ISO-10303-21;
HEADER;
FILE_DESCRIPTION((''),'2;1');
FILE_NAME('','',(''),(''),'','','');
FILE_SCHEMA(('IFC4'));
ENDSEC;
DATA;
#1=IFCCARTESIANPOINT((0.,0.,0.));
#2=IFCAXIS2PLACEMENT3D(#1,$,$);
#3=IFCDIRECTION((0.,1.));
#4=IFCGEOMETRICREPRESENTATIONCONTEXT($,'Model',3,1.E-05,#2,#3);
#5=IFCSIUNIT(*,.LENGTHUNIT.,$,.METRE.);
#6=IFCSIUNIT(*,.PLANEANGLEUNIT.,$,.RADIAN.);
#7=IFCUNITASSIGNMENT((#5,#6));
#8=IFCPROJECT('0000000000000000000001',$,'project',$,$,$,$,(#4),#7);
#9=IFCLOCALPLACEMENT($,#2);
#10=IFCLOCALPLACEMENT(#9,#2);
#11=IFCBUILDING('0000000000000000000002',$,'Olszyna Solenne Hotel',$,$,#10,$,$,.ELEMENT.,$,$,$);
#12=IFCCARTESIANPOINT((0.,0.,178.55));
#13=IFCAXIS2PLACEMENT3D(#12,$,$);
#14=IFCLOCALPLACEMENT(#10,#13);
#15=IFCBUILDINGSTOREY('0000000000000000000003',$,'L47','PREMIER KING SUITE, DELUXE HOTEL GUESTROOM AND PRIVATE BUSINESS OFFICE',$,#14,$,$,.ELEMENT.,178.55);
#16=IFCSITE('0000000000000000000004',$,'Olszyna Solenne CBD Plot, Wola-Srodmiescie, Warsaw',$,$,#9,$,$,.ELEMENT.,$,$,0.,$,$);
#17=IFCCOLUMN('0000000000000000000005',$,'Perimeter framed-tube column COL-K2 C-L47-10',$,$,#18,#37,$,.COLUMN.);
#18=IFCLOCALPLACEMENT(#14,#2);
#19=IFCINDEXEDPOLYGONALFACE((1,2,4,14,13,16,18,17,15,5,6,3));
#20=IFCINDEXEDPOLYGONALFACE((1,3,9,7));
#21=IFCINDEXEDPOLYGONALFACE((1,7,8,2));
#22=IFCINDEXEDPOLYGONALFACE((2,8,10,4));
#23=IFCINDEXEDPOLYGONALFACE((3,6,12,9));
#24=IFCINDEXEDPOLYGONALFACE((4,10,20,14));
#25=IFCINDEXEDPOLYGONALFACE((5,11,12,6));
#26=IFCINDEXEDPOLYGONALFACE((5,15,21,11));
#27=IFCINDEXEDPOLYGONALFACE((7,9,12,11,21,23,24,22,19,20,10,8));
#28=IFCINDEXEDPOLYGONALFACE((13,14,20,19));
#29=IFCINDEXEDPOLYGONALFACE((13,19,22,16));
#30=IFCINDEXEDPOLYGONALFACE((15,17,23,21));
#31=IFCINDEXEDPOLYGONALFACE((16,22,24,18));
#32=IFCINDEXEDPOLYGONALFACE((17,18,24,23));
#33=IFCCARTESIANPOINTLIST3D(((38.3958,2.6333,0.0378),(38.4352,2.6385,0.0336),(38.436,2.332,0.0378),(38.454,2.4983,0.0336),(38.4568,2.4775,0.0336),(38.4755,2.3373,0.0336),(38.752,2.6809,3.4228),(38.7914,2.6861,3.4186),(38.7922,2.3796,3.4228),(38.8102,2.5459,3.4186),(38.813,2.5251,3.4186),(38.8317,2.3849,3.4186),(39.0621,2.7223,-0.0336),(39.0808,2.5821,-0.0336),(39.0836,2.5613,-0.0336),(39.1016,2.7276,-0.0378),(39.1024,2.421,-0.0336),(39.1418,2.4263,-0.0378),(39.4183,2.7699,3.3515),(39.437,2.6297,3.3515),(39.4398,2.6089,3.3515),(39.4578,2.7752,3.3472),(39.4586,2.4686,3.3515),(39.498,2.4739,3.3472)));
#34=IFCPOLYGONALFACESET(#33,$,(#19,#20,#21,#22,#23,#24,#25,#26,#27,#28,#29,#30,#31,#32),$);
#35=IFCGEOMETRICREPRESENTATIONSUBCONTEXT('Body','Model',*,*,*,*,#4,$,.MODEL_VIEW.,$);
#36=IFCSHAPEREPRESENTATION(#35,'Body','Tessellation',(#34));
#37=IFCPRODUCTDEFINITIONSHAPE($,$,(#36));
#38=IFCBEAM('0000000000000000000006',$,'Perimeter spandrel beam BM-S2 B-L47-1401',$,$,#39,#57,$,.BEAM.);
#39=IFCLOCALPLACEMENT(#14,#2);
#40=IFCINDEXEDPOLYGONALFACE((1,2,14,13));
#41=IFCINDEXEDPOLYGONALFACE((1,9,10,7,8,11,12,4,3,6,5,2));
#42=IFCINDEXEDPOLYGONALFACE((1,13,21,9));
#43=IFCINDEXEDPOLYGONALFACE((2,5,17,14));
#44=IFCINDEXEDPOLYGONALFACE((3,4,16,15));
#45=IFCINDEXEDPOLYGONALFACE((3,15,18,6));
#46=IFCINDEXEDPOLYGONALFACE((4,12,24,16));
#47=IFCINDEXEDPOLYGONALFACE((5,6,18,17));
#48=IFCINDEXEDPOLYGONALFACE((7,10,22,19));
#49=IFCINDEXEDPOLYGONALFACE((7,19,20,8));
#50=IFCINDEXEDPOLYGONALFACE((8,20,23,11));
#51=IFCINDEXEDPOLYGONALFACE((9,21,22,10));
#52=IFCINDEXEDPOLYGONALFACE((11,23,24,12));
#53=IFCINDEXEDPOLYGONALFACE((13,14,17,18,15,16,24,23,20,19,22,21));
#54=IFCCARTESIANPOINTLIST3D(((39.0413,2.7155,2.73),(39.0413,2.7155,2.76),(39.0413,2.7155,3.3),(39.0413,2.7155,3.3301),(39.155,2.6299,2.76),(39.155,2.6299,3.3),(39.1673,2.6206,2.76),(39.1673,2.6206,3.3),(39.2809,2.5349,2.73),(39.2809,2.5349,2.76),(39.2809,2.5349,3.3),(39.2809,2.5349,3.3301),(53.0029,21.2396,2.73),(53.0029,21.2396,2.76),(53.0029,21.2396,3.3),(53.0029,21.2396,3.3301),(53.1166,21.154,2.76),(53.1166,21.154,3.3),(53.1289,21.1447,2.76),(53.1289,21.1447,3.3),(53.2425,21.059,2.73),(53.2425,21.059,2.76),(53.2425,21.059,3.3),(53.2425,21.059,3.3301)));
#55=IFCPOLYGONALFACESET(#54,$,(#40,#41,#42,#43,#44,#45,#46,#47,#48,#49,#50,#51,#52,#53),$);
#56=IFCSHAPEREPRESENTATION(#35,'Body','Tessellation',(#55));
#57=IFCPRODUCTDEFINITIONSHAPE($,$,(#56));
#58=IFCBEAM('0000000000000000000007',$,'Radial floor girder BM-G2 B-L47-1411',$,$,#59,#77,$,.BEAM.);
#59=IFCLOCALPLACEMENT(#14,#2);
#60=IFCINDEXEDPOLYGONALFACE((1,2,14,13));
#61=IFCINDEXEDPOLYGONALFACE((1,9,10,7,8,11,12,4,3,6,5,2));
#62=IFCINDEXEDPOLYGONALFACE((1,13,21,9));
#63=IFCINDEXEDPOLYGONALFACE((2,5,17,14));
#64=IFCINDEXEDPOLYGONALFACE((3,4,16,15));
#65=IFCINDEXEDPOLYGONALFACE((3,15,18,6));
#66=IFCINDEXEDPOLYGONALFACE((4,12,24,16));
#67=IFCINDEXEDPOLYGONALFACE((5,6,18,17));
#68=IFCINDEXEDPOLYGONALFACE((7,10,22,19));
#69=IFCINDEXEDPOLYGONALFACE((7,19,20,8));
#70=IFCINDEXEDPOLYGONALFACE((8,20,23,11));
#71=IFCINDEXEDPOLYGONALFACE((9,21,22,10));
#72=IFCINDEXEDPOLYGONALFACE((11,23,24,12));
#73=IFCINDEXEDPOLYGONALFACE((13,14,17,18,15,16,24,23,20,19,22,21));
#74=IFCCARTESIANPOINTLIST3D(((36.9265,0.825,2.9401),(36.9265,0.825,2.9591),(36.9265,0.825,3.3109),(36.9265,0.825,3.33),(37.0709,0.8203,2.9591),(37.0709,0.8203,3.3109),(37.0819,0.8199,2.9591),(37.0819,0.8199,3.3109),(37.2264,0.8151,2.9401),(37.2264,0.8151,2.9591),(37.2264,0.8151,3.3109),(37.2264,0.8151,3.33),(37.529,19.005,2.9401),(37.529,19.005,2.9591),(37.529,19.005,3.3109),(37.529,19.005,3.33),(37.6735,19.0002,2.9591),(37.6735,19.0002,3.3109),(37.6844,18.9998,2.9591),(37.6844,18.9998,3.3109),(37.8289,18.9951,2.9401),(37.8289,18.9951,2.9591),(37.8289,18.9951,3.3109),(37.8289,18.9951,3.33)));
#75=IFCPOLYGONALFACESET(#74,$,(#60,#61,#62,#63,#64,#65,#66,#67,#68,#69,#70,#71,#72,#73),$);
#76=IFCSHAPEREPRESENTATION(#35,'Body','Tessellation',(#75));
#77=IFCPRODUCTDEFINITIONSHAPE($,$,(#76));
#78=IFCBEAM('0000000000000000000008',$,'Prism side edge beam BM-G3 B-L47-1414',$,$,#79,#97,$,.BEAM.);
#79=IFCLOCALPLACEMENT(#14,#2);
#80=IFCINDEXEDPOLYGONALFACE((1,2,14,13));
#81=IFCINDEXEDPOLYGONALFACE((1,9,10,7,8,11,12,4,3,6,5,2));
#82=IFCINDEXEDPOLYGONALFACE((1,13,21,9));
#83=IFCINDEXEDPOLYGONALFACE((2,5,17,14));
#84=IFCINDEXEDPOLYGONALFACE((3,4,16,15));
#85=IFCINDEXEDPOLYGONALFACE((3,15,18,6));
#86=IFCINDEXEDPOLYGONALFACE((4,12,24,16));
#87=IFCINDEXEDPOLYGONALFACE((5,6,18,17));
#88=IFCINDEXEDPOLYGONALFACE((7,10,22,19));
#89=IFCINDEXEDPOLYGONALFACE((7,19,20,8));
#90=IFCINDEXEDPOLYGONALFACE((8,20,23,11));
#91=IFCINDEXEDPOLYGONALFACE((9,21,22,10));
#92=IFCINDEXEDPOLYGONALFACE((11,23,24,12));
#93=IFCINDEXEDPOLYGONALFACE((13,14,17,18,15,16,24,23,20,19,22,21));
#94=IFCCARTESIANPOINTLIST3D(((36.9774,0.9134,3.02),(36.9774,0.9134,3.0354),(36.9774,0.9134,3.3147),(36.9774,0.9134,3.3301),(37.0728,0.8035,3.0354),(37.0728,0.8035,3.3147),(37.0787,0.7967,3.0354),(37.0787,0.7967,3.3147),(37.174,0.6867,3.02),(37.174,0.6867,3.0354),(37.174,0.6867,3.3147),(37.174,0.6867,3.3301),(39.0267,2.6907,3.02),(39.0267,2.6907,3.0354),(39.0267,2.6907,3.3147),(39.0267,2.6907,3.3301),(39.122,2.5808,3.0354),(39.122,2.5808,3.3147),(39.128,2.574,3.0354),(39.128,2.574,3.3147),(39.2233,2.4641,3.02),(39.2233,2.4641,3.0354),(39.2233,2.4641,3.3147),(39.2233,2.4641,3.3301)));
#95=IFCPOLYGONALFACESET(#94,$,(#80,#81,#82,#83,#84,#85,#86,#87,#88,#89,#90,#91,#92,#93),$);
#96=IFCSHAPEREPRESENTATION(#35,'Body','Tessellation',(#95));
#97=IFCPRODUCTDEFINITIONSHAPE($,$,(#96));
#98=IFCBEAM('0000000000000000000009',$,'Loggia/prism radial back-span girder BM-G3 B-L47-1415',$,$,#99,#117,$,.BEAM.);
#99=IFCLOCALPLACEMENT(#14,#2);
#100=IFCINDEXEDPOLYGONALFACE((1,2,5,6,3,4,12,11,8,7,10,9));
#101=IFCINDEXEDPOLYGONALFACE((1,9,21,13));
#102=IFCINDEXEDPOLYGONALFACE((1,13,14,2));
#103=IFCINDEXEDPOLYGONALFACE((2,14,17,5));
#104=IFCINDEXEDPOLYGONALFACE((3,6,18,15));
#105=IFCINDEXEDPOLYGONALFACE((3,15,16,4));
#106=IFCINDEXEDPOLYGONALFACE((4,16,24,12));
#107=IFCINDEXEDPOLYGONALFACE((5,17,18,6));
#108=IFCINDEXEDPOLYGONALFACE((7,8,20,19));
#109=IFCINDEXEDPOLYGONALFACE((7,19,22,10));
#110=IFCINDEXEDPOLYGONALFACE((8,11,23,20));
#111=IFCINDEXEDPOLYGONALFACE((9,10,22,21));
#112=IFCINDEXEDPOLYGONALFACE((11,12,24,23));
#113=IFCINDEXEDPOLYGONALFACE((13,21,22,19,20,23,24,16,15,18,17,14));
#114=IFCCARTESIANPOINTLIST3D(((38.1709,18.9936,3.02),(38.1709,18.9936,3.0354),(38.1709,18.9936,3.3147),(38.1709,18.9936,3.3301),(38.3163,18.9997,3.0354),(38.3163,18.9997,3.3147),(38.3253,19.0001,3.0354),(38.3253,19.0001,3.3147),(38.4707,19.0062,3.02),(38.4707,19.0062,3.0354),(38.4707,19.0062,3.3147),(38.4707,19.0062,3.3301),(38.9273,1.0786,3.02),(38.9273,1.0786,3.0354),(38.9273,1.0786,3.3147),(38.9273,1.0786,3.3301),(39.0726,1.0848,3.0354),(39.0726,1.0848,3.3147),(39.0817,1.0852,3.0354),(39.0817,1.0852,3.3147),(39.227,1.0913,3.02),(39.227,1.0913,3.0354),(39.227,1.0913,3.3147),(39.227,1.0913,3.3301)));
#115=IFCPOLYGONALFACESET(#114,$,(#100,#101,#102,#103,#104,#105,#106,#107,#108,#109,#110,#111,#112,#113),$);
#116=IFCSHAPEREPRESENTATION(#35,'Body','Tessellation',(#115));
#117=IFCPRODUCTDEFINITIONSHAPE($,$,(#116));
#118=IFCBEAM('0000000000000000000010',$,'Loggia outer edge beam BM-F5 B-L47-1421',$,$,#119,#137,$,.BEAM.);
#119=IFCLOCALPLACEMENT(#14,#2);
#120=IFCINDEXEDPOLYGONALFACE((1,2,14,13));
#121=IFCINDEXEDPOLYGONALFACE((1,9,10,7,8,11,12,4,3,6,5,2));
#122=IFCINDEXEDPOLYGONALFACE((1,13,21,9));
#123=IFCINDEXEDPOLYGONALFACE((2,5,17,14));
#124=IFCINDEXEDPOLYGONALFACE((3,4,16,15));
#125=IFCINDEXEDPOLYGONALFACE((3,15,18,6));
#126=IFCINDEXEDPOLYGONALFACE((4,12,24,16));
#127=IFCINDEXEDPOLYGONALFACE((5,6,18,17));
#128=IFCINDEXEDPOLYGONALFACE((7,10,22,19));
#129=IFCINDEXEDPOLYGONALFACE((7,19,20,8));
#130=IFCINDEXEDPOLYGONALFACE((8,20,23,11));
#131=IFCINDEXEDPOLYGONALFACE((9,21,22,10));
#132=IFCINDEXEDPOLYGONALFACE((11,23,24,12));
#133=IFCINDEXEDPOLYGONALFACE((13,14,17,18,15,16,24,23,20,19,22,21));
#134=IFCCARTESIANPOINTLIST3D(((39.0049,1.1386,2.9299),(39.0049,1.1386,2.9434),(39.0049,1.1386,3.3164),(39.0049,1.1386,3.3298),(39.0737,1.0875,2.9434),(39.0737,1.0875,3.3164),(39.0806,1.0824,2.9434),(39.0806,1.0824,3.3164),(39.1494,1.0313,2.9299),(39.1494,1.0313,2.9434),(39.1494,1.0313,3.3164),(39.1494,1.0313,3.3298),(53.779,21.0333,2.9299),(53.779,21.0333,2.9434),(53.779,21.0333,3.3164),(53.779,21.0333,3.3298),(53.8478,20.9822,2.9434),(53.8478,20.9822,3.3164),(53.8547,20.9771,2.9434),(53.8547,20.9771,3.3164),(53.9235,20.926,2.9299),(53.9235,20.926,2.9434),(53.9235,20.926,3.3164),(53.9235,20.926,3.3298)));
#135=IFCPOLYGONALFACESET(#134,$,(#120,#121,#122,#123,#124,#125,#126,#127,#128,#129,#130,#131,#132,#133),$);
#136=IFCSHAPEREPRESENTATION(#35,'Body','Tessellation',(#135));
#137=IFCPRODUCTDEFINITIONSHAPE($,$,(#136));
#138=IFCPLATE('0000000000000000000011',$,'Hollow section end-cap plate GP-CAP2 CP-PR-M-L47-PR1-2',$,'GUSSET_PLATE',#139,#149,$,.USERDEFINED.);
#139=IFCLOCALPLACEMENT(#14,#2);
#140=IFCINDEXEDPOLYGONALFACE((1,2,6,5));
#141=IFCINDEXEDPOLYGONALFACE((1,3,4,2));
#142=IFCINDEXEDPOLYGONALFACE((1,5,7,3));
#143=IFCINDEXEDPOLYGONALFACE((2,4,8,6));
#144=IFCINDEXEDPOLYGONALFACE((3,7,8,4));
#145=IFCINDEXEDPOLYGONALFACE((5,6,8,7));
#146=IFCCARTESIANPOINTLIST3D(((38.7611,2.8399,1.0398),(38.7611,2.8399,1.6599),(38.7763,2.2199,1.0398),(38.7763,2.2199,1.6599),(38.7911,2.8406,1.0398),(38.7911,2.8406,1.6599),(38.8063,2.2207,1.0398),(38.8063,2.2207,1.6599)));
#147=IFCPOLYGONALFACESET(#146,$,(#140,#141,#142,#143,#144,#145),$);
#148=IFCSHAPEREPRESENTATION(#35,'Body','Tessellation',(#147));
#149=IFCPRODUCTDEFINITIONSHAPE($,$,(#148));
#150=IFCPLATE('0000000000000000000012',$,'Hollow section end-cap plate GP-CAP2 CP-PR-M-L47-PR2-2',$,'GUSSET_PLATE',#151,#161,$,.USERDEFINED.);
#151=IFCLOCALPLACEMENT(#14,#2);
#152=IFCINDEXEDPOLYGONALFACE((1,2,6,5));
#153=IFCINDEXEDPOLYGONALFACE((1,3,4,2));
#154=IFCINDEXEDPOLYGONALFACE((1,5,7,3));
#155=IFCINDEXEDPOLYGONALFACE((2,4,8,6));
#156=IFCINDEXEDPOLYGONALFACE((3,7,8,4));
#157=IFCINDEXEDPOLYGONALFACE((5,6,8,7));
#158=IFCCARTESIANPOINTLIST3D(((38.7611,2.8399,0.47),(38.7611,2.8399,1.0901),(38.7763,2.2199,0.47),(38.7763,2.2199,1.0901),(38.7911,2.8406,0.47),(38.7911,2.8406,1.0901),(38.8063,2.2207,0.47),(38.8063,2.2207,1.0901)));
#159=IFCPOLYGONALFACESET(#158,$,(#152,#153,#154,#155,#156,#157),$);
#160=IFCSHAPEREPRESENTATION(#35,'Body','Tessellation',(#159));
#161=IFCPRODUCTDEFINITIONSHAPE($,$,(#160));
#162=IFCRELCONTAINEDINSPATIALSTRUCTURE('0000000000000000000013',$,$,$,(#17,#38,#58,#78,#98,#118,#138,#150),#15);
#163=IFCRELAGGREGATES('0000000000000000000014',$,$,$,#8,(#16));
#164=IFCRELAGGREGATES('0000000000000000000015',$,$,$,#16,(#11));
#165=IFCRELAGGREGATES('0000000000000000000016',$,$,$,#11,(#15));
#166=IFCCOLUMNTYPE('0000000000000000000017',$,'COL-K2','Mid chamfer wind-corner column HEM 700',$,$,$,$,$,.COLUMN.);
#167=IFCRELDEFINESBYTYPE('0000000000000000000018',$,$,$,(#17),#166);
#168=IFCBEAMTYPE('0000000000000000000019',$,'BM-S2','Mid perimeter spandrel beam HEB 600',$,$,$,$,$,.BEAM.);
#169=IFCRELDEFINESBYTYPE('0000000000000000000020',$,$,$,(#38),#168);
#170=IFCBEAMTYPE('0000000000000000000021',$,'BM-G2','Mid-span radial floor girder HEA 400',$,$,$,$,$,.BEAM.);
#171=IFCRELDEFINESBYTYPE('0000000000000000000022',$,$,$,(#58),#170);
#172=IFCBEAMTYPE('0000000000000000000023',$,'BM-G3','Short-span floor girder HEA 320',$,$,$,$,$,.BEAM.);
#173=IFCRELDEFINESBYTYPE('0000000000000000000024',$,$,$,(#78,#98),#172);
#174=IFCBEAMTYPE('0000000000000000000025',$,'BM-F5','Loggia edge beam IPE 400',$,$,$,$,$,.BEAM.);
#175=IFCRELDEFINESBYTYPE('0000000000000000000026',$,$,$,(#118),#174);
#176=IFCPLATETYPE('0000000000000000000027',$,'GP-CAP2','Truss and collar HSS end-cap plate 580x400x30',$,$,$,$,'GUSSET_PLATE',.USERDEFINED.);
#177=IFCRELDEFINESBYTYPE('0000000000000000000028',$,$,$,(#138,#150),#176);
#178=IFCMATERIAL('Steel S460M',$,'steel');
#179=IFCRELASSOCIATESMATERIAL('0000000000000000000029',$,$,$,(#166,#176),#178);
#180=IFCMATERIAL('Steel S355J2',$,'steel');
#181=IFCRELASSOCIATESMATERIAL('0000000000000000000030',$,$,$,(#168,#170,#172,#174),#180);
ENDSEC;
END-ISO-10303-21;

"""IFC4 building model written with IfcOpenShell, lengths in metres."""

from ifc_helpers import new_model, si_unit, direction, frame, origin, origin_2d, place, context, subcontext, project, spatial, rectangle, i_section, extrude, source, transform, mapped, material, material_profile, profile_set, type_object, element, save


model = new_model("IFC4")

# Units and contexts
model_context = context("Model", 3, precision=1e-05, world=origin(), true_north=direction((0.0, 1.0)))
body_context = subcontext(model_context, "Body", "Model", "MODEL_VIEW")
ifc_project = project(units=[si_unit("LENGTHUNIT", "METRE"), si_unit("PLANEANGLEUNIT", "RADIAN")], contexts=[model_context])

# Site, building, storey
site_placement = place(None, origin())
site = spatial("IfcSite", under=ifc_project, at=site_placement, Name="Olszyna Solenne CBD Plot, Wola-Srodmiescie, Warsaw", CompositionType="ELEMENT", RefElevation=0.0)
building_placement = place(site_placement, origin())
building = spatial("IfcBuilding", under=site, at=building_placement, Name="Olszyna Solenne Hotel", CompositionType="ELEMENT")
storey_placement = place(building_placement, frame((0.0, 0.0, 178.55)))
storey = spatial("IfcBuildingStorey", under=building, at=storey_placement, Name="L47", Description="PREMIER KING SUITE, DELUXE HOTEL GUESTROOM AND PRIVATE BUSINESS OFFICE", CompositionType="ELEMENT", Elevation=178.55)

# Column
ifc_material_1 = material(Name="Steel S460M", Category="steel")
ifc_material_profile_1 = material_profile(ifc_material_1, i_section(OverallWidth=0.304, OverallDepth=0.7161, WebThickness=0.021, FlangeThickness=0.04, at=origin_2d()), Name="HEM 700", Category="load-bearing")
ifc_profile_set_1 = profile_set([ifc_material_profile_1], Name="Steel S460M")
column_type = type_object("IfcColumnType", Name="COL-K2", Description="Mid chamfer wind-corner column HEM 700", PredefinedType="COLUMN", material=ifc_profile_set_1)
shared_shape_1 = source(origin(), body_context, "Body", "SweptSolid", [
    extrude(i_section(OverallWidth=0.304, OverallDepth=0.7161, WebThickness=0.021, FlangeThickness=0.04, at=origin_2d()), origin(), (0.0, 0.0, 1.0), 3.4041),
])
column_placement = place(storey_placement, frame((38.7688, 2.5298, 0.0), z_axis=(0.104641, 0.013986, 0.994412), x_axis=(-0.132475, 0.991186, 0.0)))
element("IfcColumn", 1, at=column_placement, inside=storey, type_object=column_type, Name="Perimeter framed-tube column COL-K2 C-L47-10", PredefinedType="COLUMN", context=body_context, shape_type="MappedRepresentation", body=[
    mapped(shared_shape_1, transform((0.0, 0.0, 0.0), x_axis=(1.0, 0.0, 0.0), y_axis=(0.0, 1.0, 0.0), z_axis=(0.0, 0.0, 1.0), scale=1.0)),
])

# Beams
ifc_material_2 = material(Name="Steel S355J2", Category="steel")
ifc_material_profile_2 = material_profile(ifc_material_2, i_section(OverallWidth=0.3, OverallDepth=0.6001, WebThickness=0.0154, FlangeThickness=0.03, at=origin_2d()), Name="HEB 600", Category="load-bearing")
ifc_profile_set_2 = profile_set([ifc_material_profile_2], Name="Steel S355J2")
beam_type_1 = type_object("IfcBeamType", Name="BM-S2", Description="Mid perimeter spandrel beam HEB 600", PredefinedType="BEAM", material=ifc_profile_set_2)
shared_shape_2 = source(origin(), body_context, "Body", "SweptSolid", [
    extrude(i_section(OverallWidth=0.3, OverallDepth=0.6001, WebThickness=0.0154, FlangeThickness=0.03, at=origin_2d()), origin(), (0.0, 0.0, 1.0), 23.1963),
])
beam_1_placement = place(storey_placement, frame((39.1611, 2.6252, 3.03), z_axis=(0.601889, 0.798579, 0.0), x_axis=(-0.798579, 0.601889, 0.0)))
element("IfcBeam", 2, at=beam_1_placement, inside=storey, type_object=beam_type_1, Name="Perimeter spandrel beam BM-S2 B-L47-1401", PredefinedType="BEAM", context=body_context, shape_type="MappedRepresentation", body=[
    mapped(shared_shape_2, transform((0.0, 0.0, 0.0), x_axis=(1.0, 0.0, 0.0), y_axis=(0.0, 1.0, 0.0), z_axis=(0.0, 0.0, 1.0), scale=1.0)),
])
ifc_material_profile_3 = material_profile(ifc_material_2, i_section(OverallWidth=0.3, OverallDepth=0.3899, WebThickness=0.011, FlangeThickness=0.019, at=origin_2d()), Name="HEA 400", Category="load-bearing")
ifc_profile_set_3 = profile_set([ifc_material_profile_3], Name="Steel S355J2")
beam_type_2 = type_object("IfcBeamType", Name="BM-G2", Description="Mid-span radial floor girder HEA 400", PredefinedType="BEAM", material=ifc_profile_set_3)
shared_shape_3 = source(origin(), body_context, "Body", "SweptSolid", [
    extrude(i_section(OverallWidth=0.3, OverallDepth=0.3899, WebThickness=0.011, FlangeThickness=0.019, at=origin_2d()), origin(), (0.0, 0.0, 1.0), 18.1899),
])
beam_2_placement = place(storey_placement, frame((37.0764, 0.8201, 3.135), z_axis=(0.033125, 0.999451, 0.0), x_axis=(-0.999451, 0.033125, 0.0)))
element("IfcBeam", 3, at=beam_2_placement, inside=storey, type_object=beam_type_2, Name="Radial floor girder BM-G2 B-L47-1411", PredefinedType="BEAM", context=body_context, shape_type="MappedRepresentation", body=[
    mapped(shared_shape_3, transform((0.0, 0.0, 0.0), x_axis=(1.0, 0.0, 0.0), y_axis=(0.0, 1.0, 0.0), z_axis=(0.0, 0.0, 1.0), scale=1.0)),
])
ifc_material_profile_4 = material_profile(ifc_material_2, i_section(OverallWidth=0.3, OverallDepth=0.3101, WebThickness=0.009, FlangeThickness=0.0154, at=origin_2d()), Name="HEA 320", Category="load-bearing")
ifc_profile_set_4 = profile_set([ifc_material_profile_4], Name="Steel S355J2")
beam_type_3 = type_object("IfcBeamType", Name="BM-G3", Description="Short-span floor girder HEA 320", PredefinedType="BEAM", material=ifc_profile_set_4)
shared_shape_4 = source(origin(), body_context, "Body", "SweptSolid", [
    extrude(i_section(OverallWidth=0.3, OverallDepth=0.3101, WebThickness=0.009, FlangeThickness=0.0154, at=origin_2d()), origin(), (0.0, 0.0, 1.0), 2.7126),
])
beam_3_placement = place(storey_placement, frame((39.125, 2.5774, 3.175), z_axis=(-0.755457, -0.655198, 0.0), x_axis=(0.655198, -0.755457, 0.0)))
element("IfcBeam", 4, at=beam_3_placement, inside=storey, type_object=beam_type_3, Name="Prism side edge beam BM-G3 B-L47-1414", PredefinedType="BEAM", context=body_context, shape_type="MappedRepresentation", body=[
    mapped(shared_shape_4, transform((0.0, 0.0, 0.0), x_axis=(1.0, 0.0, 0.0), y_axis=(0.0, 1.0, 0.0), z_axis=(0.0, 0.0, 1.0), scale=1.0)),
])
shared_shape_5 = source(origin(), body_context, "Body", "SweptSolid", [
    extrude(i_section(OverallWidth=0.3, OverallDepth=0.3101, WebThickness=0.009, FlangeThickness=0.0154, at=origin_2d()), origin(), (0.0, 0.0, 1.0), 17.9309),
])
beam_4_placement = place(storey_placement, frame((39.0771, 1.085, 3.175), z_axis=(-0.042181, 0.99911, 0.0), x_axis=(-0.99911, -0.042181, 0.0)))
element("IfcBeam", 5, at=beam_4_placement, inside=storey, type_object=beam_type_3, Name="Loggia/prism radial back-span girder BM-G3 B-L47-1415", PredefinedType="BEAM", context=body_context, shape_type="MappedRepresentation", body=[
    mapped(shared_shape_5, transform((0.0, 0.0, 0.0), x_axis=(1.0, 0.0, 0.0), y_axis=(0.0, 1.0, 0.0), z_axis=(0.0, 0.0, 1.0), scale=1.0)),
])
ifc_material_profile_5 = material_profile(ifc_material_2, i_section(OverallWidth=0.1799, OverallDepth=0.3999, WebThickness=0.0085, FlangeThickness=0.0134, at=origin_2d()), Name="IPE 400", Category="load-bearing")
ifc_profile_set_5 = profile_set([ifc_material_profile_5], Name="Steel S355J2")
beam_type_4 = type_object("IfcBeamType", Name="BM-F5", Description="Loggia edge beam IPE 400", PredefinedType="BEAM", material=ifc_profile_set_5)
shared_shape_6 = source(origin(), body_context, "Body", "SweptSolid", [
    extrude(i_section(OverallWidth=0.1799, OverallDepth=0.3999, WebThickness=0.0085, FlangeThickness=0.0134, at=origin_2d()), origin(), (0.0, 0.0, 1.0), 24.7805),
])
beam_5_placement = place(storey_placement, frame((39.0771, 1.085, 3.1299), z_axis=(0.596199, 0.802837, 0.0), x_axis=(-0.802837, 0.596199, 0.0)))
element("IfcBeam", 6, at=beam_5_placement, inside=storey, type_object=beam_type_4, Name="Loggia outer edge beam BM-F5 B-L47-1421", PredefinedType="BEAM", context=body_context, shape_type="MappedRepresentation", body=[
    mapped(shared_shape_6, transform((0.0, 0.0, 0.0), x_axis=(1.0, 0.0, 0.0), y_axis=(0.0, 1.0, 0.0), z_axis=(0.0, 0.0, 1.0), scale=1.0)),
])

# Plates
plate_type = type_object("IfcPlateType", Name="GP-CAP2", Description="Truss and collar HSS end-cap plate 580x400x30", ElementType="GUSSET_PLATE", PredefinedType="USERDEFINED", material=ifc_material_1)
shared_shape_7 = source(origin(), body_context, "Body", "SweptSolid", [
    extrude(rectangle(XDim=0.03, YDim=0.6201, at=origin_2d()), origin(), (0.0, 0.0, 1.0), 0.6201),
])
for number, where, z_axis, x_axis, name in (
    (7, (38.7837, 2.5303, 1.0398), (0.0, 0.0, 1.0), (0.999701, 0.024432, 0.0), "Hollow section end-cap plate GP-CAP2 CP-PR-M-L47-PR1-2"),
    (8, (38.7837, 2.5303, 0.47), (0.0, 0.0, 1.0), (0.999701, 0.024432, 0.0), "Hollow section end-cap plate GP-CAP2 CP-PR-M-L47-PR2-2"),
):
    element("IfcPlate", number, at=place(storey_placement, frame(where, z_axis=z_axis, x_axis=x_axis)), inside=storey, type_object=plate_type, Name=name, ObjectType="GUSSET_PLATE", PredefinedType="USERDEFINED", context=body_context, shape_type="MappedRepresentation", body=[
        mapped(shared_shape_7, transform((0.0, 0.0, 0.0), x_axis=(1.0, 0.0, 0.0), y_axis=(0.0, 1.0, 0.0), z_axis=(0.0, 0.0, 1.0), scale=1.0)),
    ])

save(model, "model.ifc")
